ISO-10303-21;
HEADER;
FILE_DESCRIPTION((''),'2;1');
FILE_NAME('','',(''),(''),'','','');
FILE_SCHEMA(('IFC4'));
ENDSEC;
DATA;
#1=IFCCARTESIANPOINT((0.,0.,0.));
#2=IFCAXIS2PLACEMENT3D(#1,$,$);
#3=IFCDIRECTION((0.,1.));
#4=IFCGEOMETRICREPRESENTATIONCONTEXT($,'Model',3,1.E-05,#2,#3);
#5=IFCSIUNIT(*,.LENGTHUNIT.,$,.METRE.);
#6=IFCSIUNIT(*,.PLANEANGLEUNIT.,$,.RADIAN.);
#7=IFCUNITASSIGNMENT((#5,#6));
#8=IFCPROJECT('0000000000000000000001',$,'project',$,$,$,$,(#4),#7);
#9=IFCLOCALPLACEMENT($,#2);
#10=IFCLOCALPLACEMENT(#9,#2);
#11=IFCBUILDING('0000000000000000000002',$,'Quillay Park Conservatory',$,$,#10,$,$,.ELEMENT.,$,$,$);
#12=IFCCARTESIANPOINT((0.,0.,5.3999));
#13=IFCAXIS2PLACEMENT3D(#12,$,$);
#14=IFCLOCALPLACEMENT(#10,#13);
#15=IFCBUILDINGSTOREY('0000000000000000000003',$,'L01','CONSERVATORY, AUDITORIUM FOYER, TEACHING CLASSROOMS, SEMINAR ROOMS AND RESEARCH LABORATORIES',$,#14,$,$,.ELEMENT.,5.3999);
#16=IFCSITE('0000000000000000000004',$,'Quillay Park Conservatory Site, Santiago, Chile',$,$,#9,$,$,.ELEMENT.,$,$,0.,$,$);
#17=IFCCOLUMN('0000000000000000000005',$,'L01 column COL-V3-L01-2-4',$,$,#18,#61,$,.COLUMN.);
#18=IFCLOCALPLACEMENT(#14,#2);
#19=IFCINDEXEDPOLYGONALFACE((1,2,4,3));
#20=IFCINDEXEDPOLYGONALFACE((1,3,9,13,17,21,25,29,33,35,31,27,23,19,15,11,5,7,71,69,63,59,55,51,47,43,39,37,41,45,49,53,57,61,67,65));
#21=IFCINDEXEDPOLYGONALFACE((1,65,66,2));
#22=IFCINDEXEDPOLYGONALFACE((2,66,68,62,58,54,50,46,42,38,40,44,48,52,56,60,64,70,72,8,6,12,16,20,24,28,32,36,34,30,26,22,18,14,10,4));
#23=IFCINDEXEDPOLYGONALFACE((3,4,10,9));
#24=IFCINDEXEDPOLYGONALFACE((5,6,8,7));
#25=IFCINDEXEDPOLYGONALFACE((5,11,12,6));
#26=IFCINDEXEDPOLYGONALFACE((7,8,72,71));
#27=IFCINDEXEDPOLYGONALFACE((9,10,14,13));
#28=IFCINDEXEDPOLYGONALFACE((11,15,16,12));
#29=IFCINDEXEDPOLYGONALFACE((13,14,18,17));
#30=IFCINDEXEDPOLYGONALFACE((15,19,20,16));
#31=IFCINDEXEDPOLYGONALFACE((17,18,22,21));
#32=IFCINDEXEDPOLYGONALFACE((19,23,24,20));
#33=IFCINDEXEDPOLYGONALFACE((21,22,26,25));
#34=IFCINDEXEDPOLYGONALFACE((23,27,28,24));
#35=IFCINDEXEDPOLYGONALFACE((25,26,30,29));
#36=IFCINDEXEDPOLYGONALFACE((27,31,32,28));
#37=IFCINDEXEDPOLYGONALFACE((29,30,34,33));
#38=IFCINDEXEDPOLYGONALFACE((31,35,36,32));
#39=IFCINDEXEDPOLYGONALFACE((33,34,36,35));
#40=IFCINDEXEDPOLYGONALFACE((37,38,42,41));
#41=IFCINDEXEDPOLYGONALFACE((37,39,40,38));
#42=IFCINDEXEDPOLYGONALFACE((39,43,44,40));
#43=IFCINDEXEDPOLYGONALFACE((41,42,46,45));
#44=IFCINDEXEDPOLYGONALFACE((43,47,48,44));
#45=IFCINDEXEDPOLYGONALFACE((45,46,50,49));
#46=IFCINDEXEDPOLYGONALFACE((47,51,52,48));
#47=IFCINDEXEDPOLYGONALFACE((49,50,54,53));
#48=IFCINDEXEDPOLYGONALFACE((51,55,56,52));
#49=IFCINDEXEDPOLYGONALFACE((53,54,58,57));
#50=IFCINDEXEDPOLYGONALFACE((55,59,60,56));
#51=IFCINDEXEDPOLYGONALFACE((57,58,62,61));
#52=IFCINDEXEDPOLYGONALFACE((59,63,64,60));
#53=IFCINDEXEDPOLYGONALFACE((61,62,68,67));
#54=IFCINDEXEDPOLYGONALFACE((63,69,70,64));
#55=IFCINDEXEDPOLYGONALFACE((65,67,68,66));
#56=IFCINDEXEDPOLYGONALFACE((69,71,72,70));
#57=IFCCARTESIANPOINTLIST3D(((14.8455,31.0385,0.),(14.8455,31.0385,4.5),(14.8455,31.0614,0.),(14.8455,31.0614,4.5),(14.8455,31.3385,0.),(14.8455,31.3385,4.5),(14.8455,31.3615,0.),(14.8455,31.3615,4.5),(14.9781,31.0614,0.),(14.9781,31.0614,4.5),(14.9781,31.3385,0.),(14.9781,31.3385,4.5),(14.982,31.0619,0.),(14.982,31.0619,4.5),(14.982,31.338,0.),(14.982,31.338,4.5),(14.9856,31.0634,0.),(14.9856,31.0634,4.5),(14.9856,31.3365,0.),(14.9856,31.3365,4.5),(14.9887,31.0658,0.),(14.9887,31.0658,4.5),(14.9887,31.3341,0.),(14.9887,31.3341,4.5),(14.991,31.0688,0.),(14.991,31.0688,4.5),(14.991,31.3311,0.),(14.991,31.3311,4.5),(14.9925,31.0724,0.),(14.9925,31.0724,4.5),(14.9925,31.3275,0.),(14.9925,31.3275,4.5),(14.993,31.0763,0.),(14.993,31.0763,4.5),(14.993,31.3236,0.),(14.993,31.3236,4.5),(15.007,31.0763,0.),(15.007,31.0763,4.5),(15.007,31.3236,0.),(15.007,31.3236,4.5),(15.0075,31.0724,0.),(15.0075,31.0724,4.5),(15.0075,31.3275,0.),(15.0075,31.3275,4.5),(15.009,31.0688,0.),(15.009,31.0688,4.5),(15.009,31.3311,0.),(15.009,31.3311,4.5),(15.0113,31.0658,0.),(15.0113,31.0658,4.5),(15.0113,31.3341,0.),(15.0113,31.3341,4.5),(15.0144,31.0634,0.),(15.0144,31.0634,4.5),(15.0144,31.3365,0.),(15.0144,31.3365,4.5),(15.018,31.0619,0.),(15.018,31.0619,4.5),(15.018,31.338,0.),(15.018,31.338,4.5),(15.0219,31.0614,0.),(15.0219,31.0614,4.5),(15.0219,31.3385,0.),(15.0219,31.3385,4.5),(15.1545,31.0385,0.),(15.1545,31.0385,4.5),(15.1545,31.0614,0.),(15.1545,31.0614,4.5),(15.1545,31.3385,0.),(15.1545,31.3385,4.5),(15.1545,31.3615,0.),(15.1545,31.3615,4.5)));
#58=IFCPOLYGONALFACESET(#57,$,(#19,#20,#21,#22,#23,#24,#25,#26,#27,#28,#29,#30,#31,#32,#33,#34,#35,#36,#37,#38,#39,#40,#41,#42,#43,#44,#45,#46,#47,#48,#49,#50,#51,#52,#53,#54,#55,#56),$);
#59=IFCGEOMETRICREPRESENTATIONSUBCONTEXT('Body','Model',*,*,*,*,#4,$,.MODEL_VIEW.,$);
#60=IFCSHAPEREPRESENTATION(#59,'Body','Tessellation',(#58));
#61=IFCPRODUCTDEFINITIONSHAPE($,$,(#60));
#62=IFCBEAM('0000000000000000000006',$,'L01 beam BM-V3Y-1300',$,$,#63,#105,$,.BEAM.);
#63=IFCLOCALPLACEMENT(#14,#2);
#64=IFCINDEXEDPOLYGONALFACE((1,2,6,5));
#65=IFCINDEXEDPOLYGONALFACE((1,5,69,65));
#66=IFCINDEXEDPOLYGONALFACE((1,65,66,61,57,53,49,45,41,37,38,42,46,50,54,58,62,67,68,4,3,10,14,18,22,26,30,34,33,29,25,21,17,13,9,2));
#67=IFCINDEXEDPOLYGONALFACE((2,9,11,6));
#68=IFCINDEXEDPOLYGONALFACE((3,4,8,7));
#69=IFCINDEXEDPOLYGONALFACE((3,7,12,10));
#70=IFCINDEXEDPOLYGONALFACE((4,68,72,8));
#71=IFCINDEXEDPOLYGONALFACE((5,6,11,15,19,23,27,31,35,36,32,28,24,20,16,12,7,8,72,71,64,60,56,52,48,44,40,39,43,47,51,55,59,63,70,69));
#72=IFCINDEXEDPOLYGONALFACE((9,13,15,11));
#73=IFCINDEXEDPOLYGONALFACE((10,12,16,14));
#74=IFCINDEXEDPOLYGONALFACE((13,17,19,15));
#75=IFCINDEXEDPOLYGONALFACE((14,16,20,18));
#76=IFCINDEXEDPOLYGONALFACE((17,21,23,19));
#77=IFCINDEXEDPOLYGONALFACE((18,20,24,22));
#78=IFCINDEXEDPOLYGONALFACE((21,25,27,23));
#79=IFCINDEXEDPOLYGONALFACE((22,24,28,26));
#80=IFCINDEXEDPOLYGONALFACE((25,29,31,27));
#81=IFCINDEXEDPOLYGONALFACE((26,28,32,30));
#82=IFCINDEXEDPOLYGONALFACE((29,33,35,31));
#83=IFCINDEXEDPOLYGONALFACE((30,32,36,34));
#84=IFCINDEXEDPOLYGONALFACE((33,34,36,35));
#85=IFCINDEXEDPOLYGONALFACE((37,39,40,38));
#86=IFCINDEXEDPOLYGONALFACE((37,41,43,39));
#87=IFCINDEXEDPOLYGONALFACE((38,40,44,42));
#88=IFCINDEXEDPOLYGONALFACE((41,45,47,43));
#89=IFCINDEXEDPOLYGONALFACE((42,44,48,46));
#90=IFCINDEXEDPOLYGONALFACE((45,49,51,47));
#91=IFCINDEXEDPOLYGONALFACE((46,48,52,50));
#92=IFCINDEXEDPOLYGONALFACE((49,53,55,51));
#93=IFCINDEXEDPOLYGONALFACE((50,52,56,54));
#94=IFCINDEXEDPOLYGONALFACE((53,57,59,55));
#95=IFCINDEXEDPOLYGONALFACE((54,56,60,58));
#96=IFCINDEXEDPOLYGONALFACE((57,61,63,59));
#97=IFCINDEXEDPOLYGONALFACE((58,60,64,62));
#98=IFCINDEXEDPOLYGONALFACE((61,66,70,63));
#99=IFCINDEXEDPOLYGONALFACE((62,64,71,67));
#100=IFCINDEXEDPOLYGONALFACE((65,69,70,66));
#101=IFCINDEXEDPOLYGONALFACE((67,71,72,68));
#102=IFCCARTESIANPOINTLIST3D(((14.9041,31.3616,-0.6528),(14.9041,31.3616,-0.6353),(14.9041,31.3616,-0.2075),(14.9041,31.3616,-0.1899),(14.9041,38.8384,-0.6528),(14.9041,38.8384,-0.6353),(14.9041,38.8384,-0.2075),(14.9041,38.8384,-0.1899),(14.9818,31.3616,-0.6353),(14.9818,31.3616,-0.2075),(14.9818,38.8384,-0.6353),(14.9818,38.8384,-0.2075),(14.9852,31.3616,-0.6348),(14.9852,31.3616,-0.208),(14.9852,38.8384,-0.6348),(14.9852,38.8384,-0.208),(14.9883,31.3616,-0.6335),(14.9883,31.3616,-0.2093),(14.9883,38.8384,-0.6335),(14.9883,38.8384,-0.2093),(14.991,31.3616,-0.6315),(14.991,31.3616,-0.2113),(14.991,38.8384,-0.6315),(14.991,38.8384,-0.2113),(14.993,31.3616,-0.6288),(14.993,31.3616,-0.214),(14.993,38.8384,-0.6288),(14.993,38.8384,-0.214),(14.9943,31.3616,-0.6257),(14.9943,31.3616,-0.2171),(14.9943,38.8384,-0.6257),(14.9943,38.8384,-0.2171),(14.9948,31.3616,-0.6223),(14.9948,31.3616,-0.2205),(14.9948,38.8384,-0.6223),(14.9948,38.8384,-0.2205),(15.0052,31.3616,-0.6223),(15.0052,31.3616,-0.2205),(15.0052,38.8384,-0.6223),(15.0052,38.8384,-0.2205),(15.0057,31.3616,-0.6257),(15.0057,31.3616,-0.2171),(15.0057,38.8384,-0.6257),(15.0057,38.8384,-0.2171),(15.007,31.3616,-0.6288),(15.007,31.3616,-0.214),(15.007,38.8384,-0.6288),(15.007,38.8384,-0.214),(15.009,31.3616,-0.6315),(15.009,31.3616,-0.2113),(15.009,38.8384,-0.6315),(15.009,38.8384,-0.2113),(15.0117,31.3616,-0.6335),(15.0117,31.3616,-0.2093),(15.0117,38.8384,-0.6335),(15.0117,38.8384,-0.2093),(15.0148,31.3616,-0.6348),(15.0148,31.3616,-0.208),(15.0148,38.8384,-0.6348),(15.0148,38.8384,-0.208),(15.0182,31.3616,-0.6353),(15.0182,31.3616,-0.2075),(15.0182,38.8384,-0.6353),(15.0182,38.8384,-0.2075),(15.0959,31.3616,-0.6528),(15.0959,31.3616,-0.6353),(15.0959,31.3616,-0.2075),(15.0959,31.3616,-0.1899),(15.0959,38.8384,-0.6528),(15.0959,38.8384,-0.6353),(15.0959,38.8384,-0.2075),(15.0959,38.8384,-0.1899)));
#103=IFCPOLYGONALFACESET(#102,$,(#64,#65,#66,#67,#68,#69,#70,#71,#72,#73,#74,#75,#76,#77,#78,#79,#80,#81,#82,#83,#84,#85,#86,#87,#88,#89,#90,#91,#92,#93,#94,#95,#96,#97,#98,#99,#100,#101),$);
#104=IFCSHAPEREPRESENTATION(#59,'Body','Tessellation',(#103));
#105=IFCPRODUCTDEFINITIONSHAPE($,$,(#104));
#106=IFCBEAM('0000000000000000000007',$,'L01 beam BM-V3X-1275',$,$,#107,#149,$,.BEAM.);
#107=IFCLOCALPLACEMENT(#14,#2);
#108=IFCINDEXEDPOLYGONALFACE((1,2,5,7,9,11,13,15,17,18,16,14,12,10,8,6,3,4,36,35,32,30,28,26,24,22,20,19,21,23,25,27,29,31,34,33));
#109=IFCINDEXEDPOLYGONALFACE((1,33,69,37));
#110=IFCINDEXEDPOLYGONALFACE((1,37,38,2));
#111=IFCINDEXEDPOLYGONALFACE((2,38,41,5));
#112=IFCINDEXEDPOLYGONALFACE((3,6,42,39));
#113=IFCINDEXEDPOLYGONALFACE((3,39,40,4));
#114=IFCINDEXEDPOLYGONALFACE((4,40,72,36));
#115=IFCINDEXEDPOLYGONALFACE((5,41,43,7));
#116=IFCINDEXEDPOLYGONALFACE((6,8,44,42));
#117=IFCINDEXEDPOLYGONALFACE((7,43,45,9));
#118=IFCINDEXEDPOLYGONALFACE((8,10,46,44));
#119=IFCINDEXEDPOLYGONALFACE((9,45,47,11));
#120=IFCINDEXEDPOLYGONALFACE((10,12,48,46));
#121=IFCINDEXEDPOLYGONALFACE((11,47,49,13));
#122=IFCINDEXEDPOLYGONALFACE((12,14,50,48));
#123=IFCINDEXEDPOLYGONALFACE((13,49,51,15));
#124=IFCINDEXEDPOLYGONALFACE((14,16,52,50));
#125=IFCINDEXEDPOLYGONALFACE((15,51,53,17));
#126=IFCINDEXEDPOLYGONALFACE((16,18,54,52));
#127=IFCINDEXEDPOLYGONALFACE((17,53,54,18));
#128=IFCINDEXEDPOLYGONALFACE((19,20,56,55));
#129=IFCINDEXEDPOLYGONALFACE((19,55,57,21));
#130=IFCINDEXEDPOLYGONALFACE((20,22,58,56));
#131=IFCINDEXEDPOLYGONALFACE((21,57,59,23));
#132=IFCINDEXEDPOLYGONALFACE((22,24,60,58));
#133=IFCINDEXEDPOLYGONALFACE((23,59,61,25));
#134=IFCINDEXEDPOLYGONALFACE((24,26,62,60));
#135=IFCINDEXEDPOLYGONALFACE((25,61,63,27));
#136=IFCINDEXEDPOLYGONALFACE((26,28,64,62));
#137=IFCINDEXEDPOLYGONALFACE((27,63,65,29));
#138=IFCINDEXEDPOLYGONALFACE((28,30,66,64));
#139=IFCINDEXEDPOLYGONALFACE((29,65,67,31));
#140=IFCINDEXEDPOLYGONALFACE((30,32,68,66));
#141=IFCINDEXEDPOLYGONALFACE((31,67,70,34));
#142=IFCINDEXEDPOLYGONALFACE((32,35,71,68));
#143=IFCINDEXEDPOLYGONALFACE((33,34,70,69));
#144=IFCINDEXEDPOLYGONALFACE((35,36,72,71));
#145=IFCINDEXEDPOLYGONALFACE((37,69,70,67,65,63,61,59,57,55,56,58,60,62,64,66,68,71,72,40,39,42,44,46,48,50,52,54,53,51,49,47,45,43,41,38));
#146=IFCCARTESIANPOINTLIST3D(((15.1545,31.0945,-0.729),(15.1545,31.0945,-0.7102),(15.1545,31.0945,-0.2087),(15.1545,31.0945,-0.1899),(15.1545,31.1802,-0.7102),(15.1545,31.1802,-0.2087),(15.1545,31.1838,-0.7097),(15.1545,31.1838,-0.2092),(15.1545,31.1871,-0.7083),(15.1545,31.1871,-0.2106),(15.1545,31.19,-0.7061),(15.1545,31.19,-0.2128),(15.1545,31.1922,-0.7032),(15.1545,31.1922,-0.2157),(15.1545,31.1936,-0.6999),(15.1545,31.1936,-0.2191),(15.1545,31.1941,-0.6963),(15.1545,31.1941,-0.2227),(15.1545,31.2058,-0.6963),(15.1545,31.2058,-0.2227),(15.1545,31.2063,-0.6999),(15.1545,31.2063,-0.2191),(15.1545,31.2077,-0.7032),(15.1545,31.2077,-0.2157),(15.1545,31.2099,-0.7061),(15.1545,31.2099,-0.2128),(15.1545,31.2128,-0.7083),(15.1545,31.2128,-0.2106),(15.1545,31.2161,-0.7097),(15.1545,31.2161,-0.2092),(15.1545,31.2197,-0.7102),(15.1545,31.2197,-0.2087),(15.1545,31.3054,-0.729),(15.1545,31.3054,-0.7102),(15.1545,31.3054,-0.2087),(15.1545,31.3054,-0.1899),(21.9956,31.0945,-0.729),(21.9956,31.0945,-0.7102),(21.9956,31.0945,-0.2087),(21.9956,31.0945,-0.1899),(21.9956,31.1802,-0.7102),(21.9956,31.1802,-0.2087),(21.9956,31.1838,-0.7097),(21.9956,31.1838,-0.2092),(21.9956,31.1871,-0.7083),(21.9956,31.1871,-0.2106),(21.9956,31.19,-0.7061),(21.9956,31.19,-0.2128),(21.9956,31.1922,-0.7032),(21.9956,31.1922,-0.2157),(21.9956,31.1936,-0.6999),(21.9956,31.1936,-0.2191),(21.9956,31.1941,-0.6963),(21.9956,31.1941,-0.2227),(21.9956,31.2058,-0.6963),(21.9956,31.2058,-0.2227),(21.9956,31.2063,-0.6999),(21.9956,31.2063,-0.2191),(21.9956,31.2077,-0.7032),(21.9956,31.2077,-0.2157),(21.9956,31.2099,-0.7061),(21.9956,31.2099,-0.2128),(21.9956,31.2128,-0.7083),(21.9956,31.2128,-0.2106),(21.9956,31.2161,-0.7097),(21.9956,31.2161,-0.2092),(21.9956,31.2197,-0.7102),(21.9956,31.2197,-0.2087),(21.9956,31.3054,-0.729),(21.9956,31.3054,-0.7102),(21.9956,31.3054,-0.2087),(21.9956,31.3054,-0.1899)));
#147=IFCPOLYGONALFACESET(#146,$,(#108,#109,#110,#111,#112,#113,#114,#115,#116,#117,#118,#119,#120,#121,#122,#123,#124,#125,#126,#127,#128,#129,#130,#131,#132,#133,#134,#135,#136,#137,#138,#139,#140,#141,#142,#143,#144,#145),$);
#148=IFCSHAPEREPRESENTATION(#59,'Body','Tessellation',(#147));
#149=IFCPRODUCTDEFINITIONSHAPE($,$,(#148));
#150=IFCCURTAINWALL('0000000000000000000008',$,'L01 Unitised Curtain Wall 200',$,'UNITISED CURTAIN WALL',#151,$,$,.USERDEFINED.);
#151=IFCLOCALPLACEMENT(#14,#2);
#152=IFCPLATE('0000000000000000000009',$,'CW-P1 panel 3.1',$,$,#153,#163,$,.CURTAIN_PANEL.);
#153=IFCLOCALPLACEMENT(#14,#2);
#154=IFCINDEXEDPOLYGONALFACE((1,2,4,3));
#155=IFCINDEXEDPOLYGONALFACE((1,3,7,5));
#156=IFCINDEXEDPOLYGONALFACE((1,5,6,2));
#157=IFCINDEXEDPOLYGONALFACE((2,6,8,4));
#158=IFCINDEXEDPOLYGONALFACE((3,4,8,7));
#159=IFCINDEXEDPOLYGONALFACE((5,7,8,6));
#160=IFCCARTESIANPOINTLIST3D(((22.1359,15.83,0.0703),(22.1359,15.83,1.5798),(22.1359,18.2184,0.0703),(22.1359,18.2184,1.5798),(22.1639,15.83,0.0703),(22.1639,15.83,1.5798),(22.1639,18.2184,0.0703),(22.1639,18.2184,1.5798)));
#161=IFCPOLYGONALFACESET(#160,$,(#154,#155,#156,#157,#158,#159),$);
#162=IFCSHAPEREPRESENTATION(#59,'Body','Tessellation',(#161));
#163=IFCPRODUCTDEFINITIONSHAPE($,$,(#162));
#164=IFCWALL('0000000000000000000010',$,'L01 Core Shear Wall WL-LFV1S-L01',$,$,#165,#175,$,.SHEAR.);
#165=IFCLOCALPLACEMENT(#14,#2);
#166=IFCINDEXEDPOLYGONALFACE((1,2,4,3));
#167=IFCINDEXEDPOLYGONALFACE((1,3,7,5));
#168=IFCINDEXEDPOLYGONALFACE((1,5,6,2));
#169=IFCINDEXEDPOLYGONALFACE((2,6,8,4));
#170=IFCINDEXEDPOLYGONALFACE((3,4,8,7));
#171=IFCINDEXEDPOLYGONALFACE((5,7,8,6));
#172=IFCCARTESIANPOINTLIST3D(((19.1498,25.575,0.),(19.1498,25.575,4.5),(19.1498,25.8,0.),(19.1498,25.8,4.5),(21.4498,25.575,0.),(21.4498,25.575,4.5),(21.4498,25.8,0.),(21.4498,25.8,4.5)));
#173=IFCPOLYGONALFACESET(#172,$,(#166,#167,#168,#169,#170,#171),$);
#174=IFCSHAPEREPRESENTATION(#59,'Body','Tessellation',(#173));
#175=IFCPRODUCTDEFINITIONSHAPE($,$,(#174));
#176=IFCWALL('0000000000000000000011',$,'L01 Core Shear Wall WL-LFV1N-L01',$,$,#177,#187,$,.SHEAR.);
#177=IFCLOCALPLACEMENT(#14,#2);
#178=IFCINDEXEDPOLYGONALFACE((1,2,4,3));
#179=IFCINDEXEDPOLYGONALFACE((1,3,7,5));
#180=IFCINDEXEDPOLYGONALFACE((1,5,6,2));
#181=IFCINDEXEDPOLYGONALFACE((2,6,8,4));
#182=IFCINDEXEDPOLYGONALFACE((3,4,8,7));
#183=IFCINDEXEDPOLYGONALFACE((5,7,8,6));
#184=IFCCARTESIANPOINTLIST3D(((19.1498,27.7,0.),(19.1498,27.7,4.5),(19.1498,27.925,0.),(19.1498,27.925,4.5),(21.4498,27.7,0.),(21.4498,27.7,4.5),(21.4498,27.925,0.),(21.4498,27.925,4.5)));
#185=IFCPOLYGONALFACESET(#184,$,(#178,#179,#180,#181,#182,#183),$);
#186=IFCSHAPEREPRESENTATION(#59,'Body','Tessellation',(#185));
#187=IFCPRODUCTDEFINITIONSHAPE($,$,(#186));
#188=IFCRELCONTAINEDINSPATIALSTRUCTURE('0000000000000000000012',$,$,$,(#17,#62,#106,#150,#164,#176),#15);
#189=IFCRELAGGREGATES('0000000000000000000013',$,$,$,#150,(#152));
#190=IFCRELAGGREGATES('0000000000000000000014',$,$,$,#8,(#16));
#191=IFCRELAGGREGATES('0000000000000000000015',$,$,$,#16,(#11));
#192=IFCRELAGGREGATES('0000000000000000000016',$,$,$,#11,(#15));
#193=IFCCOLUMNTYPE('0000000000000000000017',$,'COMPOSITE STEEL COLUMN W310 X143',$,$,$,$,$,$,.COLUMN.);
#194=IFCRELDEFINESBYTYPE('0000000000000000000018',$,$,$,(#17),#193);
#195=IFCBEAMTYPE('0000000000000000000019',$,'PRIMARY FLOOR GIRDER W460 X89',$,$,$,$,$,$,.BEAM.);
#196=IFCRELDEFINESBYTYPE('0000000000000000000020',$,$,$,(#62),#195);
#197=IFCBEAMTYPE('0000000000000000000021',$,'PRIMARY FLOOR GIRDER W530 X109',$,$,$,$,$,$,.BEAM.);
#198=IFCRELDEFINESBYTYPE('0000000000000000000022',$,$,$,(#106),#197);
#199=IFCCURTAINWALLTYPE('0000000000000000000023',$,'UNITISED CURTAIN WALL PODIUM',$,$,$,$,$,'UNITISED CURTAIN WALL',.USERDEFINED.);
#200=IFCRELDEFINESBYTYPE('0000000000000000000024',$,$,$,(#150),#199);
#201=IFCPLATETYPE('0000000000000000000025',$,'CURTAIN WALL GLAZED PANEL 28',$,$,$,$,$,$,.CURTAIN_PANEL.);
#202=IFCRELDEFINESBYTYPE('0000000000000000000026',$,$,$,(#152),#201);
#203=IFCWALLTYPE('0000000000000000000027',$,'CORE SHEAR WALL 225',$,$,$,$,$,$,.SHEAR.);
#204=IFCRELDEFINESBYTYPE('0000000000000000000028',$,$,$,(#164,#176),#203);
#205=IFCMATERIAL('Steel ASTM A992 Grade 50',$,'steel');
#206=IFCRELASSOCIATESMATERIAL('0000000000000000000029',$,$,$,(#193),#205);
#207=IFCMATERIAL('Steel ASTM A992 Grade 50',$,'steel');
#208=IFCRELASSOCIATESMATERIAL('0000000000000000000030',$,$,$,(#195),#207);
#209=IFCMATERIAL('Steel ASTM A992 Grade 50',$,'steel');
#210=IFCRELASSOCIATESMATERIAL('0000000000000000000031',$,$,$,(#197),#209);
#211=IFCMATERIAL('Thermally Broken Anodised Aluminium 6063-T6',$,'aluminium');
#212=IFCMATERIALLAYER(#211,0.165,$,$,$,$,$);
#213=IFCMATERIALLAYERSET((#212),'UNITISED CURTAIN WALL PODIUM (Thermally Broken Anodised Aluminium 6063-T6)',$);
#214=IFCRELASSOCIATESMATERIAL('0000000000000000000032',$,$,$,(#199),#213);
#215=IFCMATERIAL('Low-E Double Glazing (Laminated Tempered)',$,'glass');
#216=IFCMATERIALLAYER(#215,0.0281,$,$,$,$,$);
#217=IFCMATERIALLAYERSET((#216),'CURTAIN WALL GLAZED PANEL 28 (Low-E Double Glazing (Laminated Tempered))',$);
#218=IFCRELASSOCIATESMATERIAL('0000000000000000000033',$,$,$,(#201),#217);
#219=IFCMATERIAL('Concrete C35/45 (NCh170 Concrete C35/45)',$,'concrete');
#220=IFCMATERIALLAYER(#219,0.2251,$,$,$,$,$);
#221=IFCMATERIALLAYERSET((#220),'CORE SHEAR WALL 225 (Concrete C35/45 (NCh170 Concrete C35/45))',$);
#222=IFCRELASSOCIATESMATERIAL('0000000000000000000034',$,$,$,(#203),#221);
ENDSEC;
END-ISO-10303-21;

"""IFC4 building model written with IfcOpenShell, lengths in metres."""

from ifc_helpers import new_model, si_unit, direction, frame, frame_2d, origin, origin_2d, place, context, subcontext, project, spatial, rectangle, i_section, extrude, material, layer, layer_set, material_profile, profile_set, type_object, element, aggregate, save


model = new_model("IFC4")

# Units and contexts
model_context = context("Model", 3, precision=1e-05, world=origin(), true_north=direction((0.0, 1.0)))
body_context = subcontext(model_context, "Body", "Model", "MODEL_VIEW")
ifc_project = project(units=[si_unit("LENGTHUNIT", "METRE"), si_unit("PLANEANGLEUNIT", "RADIAN")], contexts=[model_context])

# Site, building, storey
site_placement = place(None, origin())
site = spatial("IfcSite", under=ifc_project, at=site_placement, Name="Quillay Park Conservatory Site, Santiago, Chile", CompositionType="ELEMENT", RefElevation=0.0)
building_placement = place(site_placement, origin())
building = spatial("IfcBuilding", under=site, at=building_placement, Name="Quillay Park Conservatory", CompositionType="ELEMENT")
storey_placement = place(building_placement, frame((0.0, 0.0, 5.3999)))
storey = spatial("IfcBuildingStorey", under=building, at=storey_placement, Name="L01", Description="CONSERVATORY, AUDITORIUM FOYER, TEACHING CLASSROOMS, SEMINAR ROOMS AND RESEARCH LABORATORIES", CompositionType="ELEMENT", Elevation=5.3999)

# Column
ifc_material_1 = material(Name="Steel ASTM A992 Grade 50", Category="steel")
ifc_material_profile_1 = material_profile(ifc_material_1, i_section(OverallWidth=0.3091, OverallDepth=0.323, WebThickness=0.0139, FlangeThickness=0.0229, FilletRadius=0.0149, at=origin_2d()), Name="W310x143")
ifc_profile_set_1 = profile_set([ifc_material_profile_1], Name="Steel ASTM A992 Grade 50")
column_type = type_object("IfcColumnType", Name="COMPOSITE STEEL COLUMN W310 X143", PredefinedType="COLUMN", material=ifc_profile_set_1)
column_placement = place(storey_placement, frame((15.0, 31.2, 0.0), z_axis=(0.0, 0.0, 1.0), x_axis=(1.0, 0.0, 0.0)))
element("IfcColumn", 1, at=column_placement, inside=storey, type_object=column_type, Name="L01 column COL-V3-L01-2-4", PredefinedType="COLUMN", context=body_context, shape_type="SweptSolid", body=[
    extrude(i_section(OverallWidth=0.3091, OverallDepth=0.323, WebThickness=0.0139, FlangeThickness=0.0229, FilletRadius=0.0149, at=origin_2d()), origin(), (0.0, 0.0, 1.0), 4.5),
])

# Beams
ifc_material_2 = material(Name="Steel ASTM A992 Grade 50", Category="steel")
ifc_material_profile_2 = material_profile(ifc_material_2, i_section(OverallWidth=0.1919, OverallDepth=0.4629, WebThickness=0.0105, FlangeThickness=0.0176, FilletRadius=0.0129, at=origin_2d()), Name="W460x89")
ifc_profile_set_2 = profile_set([ifc_material_profile_2], Name="Steel ASTM A992 Grade 50")
beam_type_1 = type_object("IfcBeamType", Name="PRIMARY FLOOR GIRDER W460 X89", PredefinedType="BEAM", material=ifc_profile_set_2)
beam_1_placement = place(storey_placement, frame((15.0, 31.3616, -0.4214), z_axis=(0.0, 1.0, 0.0), x_axis=(-1.0, 0.0, 0.0)))
element("IfcBeam", 2, at=beam_1_placement, inside=storey, type_object=beam_type_1, Name="L01 beam BM-V3Y-1300", PredefinedType="BEAM", context=body_context, shape_type="SweptSolid", body=[
    extrude(i_section(OverallWidth=0.1919, OverallDepth=0.4629, WebThickness=0.0105, FlangeThickness=0.0176, FilletRadius=0.0129, at=origin_2d()), origin(), (0.0, 0.0, 1.0), 7.4768),
])
ifc_material_3 = material(Name="Steel ASTM A992 Grade 50", Category="steel")
ifc_material_profile_3 = material_profile(ifc_material_3, i_section(OverallWidth=0.2109, OverallDepth=0.5391, WebThickness=0.0117, FlangeThickness=0.0188, FilletRadius=0.0139, at=origin_2d()), Name="W530x109")
ifc_profile_set_3 = profile_set([ifc_material_profile_3], Name="Steel ASTM A992 Grade 50")
beam_type_2 = type_object("IfcBeamType", Name="PRIMARY FLOOR GIRDER W530 X109", PredefinedType="BEAM", material=ifc_profile_set_3)
beam_2_placement = place(storey_placement, frame((15.1545, 31.2, -0.4595), z_axis=(1.0, 0.0, 0.0), x_axis=(0.0, 1.0, 0.0)))
element("IfcBeam", 3, at=beam_2_placement, inside=storey, type_object=beam_type_2, Name="L01 beam BM-V3X-1275", PredefinedType="BEAM", context=body_context, shape_type="SweptSolid", body=[
    extrude(i_section(OverallWidth=0.2109, OverallDepth=0.5391, WebThickness=0.0117, FlangeThickness=0.0188, FilletRadius=0.0139, at=origin_2d()), origin(), (0.0, 0.0, 1.0), 6.8411),
])

# Curtain wall, plate
ifc_material_4 = material(Name="Thermally Broken Anodised Aluminium 6063-T6", Category="aluminium")
ifc_layer_1 = layer(ifc_material_4, 0.165)
ifc_layer_set_1 = layer_set([ifc_layer_1], Name="UNITISED CURTAIN WALL PODIUM (Thermally Broken Anodised Aluminium 6063-T6)")
curtain_wall_type = type_object("IfcCurtainWallType", Name="UNITISED CURTAIN WALL PODIUM", ElementType="UNITISED CURTAIN WALL", PredefinedType="USERDEFINED", material=ifc_layer_set_1)
curtain_wall_placement = place(storey_placement, origin())
curtain_wall = element("IfcCurtainWall", 4, at=curtain_wall_placement, inside=storey, type_object=curtain_wall_type, Name="L01 Unitised Curtain Wall 200", ObjectType="UNITISED CURTAIN WALL", PredefinedType="USERDEFINED")
ifc_material_5 = material(Name="Low-E Double Glazing (Laminated Tempered)", Category="glass")
ifc_layer_2 = layer(ifc_material_5, 0.0281)
ifc_layer_set_2 = layer_set([ifc_layer_2], Name="CURTAIN WALL GLAZED PANEL 28 (Low-E Double Glazing (Laminated Tempered))")
plate_type = type_object("IfcPlateType", Name="CURTAIN WALL GLAZED PANEL 28", PredefinedType="CURTAIN_PANEL", material=ifc_layer_set_2)
plate_placement = place(storey_placement, frame((22.1499, 17.0242, 0.0703), z_axis=(0.0, 0.0, 1.0), x_axis=(0.0, -1.0, 0.0)))
plate = element("IfcPlate", 5, at=plate_placement, type_object=plate_type, Name="CW-P1 panel 3.1", PredefinedType="CURTAIN_PANEL", context=body_context, shape_type="SweptSolid", body=[
    extrude(rectangle(XDim=2.3884, YDim=0.0281, at=origin_2d()), origin(), (0.0, 0.0, 1.0), 1.5095),
])
aggregate(curtain_wall, [plate])

# Walls
ifc_material_6 = material(Name="Concrete C35/45 (NCh170 Concrete C35/45)", Category="concrete")
ifc_layer_3 = layer(ifc_material_6, 0.2251)
ifc_layer_set_3 = layer_set([ifc_layer_3], Name="CORE SHEAR WALL 225 (Concrete C35/45 (NCh170 Concrete C35/45))")
wall_type_1 = type_object("IfcWallType", Name="CORE SHEAR WALL 225", PredefinedType="SHEAR", material=ifc_layer_set_3)
for number, where, z_axis, x_axis, name in (
    (6, (19.1499, 25.6875, 0.0), (0.0, 0.0, 1.0), (1.0, 0.0, 0.0), "L01 Core Shear Wall WL-LFV1S-L01"),
    (7, (19.1499, 27.8125, 0.0), (0.0, 0.0, 1.0), (1.0, 0.0, 0.0), "L01 Core Shear Wall WL-LFV1N-L01"),
):
    element("IfcWall", number, at=place(storey_placement, frame(where, z_axis=z_axis, x_axis=x_axis)), inside=storey, type_object=wall_type_1, Name=name, PredefinedType="SHEAR", context=body_context, shape_type="SweptSolid", body=[
        extrude(rectangle(XDim=2.3, YDim=0.2251, at=frame_2d((1.1499, 0.0))), origin(), (0.0, 0.0, 1.0), 4.5),
    ])

save(model, "model.ifc")
